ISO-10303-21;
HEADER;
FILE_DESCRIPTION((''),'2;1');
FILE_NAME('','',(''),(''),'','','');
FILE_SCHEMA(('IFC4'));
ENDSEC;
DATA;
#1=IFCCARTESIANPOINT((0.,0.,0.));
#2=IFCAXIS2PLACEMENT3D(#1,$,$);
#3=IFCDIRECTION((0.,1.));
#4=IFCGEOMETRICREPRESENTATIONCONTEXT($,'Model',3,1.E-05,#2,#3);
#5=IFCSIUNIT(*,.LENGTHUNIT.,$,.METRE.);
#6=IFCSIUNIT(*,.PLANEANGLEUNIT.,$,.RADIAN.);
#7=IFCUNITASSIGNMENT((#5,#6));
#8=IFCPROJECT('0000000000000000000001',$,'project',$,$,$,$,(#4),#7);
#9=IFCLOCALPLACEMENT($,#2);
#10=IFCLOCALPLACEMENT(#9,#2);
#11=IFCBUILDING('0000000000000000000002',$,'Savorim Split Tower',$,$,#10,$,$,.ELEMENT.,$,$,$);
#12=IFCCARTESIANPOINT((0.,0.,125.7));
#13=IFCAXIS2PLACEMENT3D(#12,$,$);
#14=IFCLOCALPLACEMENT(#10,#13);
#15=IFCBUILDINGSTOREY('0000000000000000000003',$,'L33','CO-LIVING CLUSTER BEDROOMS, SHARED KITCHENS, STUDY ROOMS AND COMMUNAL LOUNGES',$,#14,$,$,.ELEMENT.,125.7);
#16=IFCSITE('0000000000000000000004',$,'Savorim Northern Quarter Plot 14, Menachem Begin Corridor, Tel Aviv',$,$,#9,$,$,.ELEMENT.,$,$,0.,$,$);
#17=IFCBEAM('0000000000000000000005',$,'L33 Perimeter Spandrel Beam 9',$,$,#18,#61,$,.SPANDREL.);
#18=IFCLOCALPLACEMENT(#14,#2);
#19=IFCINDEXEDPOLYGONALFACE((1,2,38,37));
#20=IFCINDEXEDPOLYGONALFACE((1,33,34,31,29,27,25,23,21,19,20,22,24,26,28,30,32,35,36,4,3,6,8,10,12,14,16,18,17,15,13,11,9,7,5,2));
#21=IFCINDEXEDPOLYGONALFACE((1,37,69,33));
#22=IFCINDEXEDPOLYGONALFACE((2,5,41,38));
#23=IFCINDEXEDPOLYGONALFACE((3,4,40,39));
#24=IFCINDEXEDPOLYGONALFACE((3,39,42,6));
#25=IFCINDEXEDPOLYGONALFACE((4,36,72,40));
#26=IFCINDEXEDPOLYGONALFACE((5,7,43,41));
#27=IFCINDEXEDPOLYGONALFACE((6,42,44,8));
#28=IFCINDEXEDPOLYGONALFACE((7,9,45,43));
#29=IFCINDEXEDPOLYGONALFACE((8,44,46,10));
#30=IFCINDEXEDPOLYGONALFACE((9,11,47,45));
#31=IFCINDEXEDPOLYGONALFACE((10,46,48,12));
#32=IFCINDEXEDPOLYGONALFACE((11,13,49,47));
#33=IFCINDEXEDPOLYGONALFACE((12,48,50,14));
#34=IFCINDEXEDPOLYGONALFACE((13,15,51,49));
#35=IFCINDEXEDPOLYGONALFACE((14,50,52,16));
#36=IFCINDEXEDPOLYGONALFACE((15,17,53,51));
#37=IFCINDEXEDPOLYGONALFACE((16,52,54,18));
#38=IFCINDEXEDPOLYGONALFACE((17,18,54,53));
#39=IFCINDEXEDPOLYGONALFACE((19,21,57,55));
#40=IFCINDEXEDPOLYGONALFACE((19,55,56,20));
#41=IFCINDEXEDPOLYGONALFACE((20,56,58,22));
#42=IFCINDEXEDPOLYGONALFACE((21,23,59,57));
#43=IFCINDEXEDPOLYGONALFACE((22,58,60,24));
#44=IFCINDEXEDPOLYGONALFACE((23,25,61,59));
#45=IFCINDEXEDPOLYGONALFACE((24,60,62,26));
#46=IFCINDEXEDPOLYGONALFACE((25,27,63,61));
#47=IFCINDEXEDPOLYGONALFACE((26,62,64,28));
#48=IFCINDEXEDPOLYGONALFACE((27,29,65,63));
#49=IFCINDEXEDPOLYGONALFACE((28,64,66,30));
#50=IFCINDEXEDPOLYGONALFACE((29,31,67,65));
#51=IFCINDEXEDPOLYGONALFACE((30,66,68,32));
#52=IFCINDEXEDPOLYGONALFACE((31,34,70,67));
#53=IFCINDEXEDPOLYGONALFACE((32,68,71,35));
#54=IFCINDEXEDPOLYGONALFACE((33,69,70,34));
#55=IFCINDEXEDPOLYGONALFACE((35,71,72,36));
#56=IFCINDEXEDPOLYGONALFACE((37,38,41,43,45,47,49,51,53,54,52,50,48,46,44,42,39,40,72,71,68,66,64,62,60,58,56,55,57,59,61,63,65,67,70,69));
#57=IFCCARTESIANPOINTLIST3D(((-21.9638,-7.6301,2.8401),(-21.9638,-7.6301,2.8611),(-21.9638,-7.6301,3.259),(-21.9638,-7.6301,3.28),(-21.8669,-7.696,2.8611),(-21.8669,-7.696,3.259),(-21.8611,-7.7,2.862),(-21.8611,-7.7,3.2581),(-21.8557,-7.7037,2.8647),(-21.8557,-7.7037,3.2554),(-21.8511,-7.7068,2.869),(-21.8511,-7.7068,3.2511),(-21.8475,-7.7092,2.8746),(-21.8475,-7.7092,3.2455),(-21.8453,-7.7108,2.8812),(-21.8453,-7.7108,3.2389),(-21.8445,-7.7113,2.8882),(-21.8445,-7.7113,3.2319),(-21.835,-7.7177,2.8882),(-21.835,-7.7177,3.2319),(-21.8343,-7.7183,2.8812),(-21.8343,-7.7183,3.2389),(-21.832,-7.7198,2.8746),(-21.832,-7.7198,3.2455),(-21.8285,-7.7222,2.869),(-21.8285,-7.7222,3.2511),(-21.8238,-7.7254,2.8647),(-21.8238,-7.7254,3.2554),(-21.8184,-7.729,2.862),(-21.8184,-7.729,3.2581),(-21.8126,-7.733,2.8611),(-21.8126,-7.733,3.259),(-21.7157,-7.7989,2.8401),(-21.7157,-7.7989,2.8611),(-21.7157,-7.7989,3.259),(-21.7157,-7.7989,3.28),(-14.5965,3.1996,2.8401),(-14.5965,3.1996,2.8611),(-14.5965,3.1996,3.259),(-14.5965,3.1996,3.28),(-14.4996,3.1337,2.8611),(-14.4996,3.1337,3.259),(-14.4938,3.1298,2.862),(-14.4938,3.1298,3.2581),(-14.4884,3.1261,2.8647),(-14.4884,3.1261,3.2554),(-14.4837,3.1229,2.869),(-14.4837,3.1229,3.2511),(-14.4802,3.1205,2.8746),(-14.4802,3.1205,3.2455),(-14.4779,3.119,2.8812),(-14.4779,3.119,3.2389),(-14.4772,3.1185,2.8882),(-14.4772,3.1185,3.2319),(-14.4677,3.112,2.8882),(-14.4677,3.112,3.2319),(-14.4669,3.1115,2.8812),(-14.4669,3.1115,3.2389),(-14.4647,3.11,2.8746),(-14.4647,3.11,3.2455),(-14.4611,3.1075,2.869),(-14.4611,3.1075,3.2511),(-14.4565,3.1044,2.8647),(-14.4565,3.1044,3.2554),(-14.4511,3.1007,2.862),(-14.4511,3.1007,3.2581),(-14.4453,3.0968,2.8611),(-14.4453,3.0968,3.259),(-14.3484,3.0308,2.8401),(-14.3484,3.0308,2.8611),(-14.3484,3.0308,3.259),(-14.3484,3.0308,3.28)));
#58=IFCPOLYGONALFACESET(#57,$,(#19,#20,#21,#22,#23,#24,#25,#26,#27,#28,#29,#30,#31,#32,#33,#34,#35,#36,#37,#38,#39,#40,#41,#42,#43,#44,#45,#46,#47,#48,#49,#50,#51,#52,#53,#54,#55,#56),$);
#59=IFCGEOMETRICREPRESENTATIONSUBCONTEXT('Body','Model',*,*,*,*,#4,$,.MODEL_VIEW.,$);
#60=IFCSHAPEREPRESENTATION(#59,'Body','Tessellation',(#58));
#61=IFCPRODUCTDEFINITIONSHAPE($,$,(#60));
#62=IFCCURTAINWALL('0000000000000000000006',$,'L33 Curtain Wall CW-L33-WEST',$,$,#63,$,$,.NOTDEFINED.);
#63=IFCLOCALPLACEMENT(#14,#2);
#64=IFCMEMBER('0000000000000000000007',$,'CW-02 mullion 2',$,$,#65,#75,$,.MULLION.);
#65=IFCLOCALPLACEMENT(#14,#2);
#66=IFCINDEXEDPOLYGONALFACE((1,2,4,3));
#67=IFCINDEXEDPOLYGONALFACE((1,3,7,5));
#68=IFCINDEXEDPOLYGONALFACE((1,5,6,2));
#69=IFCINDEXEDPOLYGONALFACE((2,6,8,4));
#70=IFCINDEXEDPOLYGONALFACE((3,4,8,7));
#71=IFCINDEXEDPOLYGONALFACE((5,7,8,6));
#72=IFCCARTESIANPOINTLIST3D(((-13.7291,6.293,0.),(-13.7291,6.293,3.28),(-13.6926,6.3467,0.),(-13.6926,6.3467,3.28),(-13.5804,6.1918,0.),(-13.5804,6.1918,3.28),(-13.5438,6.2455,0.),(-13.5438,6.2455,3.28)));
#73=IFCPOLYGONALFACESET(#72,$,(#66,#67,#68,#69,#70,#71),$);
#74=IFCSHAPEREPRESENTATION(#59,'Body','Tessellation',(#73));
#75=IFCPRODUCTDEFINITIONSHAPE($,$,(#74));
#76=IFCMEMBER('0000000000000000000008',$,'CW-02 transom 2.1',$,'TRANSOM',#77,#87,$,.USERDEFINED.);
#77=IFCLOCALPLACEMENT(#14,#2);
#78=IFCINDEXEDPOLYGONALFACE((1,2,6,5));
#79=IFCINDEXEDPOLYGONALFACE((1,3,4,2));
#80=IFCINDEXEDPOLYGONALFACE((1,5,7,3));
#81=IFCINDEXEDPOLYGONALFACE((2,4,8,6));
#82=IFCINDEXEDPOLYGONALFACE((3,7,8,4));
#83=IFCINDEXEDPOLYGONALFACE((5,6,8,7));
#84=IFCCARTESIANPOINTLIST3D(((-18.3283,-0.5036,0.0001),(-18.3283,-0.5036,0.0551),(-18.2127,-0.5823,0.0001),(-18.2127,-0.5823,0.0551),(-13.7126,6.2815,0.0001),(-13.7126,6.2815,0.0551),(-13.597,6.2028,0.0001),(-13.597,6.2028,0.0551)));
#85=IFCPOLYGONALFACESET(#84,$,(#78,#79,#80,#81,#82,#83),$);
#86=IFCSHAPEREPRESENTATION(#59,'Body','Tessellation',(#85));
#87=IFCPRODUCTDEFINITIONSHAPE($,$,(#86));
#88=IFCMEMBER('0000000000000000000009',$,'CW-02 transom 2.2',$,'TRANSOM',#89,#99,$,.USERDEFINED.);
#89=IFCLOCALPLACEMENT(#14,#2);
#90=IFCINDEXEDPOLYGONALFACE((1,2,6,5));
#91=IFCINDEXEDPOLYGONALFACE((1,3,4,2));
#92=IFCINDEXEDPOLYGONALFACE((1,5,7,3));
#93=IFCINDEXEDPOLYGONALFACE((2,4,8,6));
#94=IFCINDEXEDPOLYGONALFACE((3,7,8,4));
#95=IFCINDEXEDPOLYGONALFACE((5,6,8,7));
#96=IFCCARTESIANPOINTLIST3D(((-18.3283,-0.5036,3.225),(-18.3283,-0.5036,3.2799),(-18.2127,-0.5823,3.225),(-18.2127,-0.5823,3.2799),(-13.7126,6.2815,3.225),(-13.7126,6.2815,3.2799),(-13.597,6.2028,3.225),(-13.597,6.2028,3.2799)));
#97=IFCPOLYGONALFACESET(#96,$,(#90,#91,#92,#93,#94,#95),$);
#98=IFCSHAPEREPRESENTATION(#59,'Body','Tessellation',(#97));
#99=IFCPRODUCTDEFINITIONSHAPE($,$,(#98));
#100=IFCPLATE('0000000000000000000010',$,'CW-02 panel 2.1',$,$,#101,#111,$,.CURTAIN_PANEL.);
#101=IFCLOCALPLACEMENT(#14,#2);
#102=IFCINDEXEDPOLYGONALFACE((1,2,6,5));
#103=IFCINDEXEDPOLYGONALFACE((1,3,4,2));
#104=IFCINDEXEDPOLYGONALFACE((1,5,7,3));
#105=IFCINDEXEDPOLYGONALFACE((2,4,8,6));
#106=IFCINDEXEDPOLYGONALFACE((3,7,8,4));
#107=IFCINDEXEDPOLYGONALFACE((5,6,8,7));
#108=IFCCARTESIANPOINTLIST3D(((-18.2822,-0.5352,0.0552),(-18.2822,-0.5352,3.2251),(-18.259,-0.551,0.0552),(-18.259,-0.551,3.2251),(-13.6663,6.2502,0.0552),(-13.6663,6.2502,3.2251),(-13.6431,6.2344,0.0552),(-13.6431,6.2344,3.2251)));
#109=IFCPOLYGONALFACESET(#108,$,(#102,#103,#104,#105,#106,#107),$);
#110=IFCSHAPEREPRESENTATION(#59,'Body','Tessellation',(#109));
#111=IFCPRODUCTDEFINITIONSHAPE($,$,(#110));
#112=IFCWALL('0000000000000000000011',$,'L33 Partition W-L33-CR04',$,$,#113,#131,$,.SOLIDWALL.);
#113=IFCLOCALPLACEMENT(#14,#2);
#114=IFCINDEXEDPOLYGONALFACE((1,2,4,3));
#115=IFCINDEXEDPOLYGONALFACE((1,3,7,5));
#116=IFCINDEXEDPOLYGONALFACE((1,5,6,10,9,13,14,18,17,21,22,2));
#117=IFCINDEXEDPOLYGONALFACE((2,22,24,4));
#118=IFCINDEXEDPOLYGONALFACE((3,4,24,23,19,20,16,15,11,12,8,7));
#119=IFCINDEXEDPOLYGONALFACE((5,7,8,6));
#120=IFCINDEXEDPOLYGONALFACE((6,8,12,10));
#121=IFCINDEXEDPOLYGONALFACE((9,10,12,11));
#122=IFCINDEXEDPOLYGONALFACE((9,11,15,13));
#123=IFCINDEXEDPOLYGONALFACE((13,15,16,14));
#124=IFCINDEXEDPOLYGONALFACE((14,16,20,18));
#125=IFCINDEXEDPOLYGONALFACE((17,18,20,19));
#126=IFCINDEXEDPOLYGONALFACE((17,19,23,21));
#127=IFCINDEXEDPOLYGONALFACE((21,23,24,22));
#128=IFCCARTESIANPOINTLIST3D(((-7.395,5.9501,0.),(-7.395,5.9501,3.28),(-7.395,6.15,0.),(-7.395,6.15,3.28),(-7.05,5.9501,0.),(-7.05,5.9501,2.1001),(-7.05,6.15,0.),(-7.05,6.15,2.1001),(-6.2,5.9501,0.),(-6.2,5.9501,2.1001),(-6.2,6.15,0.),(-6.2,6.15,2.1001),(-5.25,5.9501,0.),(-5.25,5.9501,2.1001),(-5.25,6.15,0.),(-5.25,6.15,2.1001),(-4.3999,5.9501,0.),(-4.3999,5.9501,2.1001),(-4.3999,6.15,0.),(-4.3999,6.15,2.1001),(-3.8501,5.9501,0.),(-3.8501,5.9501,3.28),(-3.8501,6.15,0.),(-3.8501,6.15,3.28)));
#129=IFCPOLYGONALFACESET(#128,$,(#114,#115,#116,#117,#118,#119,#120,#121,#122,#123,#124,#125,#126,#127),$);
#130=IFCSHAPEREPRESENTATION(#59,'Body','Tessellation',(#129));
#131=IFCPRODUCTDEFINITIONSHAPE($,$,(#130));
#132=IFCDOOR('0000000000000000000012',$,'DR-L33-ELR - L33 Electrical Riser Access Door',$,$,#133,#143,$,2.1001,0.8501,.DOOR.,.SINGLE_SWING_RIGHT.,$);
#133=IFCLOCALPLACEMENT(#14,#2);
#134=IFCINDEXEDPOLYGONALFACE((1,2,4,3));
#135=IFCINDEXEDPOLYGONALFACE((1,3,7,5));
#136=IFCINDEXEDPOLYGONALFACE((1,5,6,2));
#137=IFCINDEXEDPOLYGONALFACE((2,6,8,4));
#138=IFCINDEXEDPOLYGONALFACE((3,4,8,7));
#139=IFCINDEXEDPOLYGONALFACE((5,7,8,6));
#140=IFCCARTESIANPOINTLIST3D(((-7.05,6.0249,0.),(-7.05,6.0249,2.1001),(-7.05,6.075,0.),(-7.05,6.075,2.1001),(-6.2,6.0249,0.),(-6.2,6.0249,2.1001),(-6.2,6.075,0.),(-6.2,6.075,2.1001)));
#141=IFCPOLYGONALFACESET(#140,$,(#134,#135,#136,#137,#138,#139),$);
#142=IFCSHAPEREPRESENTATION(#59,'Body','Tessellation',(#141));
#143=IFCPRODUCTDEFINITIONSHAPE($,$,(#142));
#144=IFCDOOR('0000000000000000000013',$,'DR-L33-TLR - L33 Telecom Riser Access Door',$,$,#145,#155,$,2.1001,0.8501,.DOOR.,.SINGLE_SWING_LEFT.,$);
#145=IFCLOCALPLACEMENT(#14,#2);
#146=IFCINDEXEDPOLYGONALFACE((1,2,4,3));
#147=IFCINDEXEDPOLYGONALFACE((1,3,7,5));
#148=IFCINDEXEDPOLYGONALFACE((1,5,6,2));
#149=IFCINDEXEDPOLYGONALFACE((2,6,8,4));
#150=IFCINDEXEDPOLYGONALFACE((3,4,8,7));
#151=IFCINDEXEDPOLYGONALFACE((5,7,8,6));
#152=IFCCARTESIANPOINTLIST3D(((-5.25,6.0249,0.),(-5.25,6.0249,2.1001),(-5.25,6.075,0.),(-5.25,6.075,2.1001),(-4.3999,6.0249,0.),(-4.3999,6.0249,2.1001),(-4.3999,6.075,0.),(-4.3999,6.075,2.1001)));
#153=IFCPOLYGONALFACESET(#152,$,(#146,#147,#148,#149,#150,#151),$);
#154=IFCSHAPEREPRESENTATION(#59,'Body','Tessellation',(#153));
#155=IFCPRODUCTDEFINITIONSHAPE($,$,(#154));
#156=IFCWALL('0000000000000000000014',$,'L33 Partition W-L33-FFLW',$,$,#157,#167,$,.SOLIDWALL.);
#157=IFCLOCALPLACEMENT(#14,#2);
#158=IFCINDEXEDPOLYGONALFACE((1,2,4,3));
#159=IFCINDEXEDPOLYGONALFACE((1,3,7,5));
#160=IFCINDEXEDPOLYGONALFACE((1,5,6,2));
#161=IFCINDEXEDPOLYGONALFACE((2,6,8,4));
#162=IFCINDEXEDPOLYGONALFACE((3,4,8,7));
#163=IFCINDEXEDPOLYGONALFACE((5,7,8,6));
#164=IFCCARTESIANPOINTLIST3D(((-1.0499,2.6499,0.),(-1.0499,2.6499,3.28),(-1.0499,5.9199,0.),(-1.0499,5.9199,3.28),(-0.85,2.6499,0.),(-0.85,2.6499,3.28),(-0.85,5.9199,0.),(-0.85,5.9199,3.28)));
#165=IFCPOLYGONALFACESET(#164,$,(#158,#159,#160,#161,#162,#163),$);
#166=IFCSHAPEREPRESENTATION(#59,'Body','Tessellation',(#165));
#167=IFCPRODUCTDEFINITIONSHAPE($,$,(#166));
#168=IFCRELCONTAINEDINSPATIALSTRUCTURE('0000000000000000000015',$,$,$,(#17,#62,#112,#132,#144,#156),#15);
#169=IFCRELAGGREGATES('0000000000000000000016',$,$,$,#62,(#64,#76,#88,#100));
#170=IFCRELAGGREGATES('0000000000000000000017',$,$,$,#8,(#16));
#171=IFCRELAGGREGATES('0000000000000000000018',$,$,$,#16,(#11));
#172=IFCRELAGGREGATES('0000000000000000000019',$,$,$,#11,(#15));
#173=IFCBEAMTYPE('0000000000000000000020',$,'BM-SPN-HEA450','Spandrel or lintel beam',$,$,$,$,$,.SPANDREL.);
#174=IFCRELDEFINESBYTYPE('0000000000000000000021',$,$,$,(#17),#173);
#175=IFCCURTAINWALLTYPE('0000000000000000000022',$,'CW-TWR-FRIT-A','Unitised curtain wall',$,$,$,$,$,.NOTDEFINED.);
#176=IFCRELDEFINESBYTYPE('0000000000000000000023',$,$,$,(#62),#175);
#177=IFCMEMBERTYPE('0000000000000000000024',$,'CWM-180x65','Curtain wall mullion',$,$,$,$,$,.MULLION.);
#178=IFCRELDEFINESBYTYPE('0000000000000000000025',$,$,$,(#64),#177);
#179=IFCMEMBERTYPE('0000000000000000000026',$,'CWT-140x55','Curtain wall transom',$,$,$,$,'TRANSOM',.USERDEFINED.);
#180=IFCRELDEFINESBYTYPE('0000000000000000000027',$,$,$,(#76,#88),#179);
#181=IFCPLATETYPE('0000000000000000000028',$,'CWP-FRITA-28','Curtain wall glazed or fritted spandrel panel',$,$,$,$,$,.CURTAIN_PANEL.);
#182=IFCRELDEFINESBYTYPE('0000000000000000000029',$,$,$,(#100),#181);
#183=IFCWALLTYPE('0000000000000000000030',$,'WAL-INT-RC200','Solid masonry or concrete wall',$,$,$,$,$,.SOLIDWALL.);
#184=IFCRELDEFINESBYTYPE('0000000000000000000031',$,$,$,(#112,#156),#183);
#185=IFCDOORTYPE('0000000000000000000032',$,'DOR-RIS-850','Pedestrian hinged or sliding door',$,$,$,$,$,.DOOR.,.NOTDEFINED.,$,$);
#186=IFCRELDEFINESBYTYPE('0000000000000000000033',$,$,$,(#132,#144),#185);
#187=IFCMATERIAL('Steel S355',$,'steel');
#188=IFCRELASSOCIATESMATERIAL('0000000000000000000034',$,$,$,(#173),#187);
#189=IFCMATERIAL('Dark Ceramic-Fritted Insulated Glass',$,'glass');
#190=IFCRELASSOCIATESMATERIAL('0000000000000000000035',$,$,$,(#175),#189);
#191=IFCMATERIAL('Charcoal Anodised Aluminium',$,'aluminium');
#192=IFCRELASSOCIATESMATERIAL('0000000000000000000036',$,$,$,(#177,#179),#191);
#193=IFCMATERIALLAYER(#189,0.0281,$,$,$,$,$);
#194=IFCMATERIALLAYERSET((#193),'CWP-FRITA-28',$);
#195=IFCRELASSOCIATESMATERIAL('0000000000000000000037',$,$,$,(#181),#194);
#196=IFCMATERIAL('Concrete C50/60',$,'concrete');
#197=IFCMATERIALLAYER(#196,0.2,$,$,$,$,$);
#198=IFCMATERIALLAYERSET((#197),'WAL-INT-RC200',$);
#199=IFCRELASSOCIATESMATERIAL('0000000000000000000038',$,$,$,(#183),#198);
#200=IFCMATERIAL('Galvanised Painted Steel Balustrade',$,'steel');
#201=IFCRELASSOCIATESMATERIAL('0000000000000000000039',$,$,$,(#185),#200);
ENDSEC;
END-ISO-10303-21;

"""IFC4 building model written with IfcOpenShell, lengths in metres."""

from ifc_helpers import new_model, si_unit, direction, frame, frame_2d, origin, origin_2d, place, context, subcontext, project, spatial, rectangle, i_section, extrude, material, layer, layer_set, material_profile, profile_set, type_object, element, fill, aggregate, save


model = new_model("IFC4")

# Units and contexts
model_context = context("Model", 3, precision=1e-05, world=origin(), true_north=direction((0.0, 1.0)))
body_context = subcontext(model_context, "Body", "Model", "MODEL_VIEW")
ifc_project = project(units=[si_unit("LENGTHUNIT", "METRE"), si_unit("PLANEANGLEUNIT", "RADIAN")], contexts=[model_context])

# Site, building, storey
site_placement = place(None, origin())
site = spatial("IfcSite", under=ifc_project, at=site_placement, Name="Savorim Northern Quarter Plot 14, Menachem Begin Corridor, Tel Aviv", CompositionType="ELEMENT", RefElevation=0.0)
building_placement = place(site_placement, origin())
building = spatial("IfcBuilding", under=site, at=building_placement, Name="Savorim Split Tower", CompositionType="ELEMENT")
storey_placement = place(building_placement, frame((0.0, 0.0, 125.7)))
storey = spatial("IfcBuildingStorey", under=building, at=storey_placement, Name="L33", Description="CO-LIVING CLUSTER BEDROOMS, SHARED KITCHENS, STUDY ROOMS AND COMMUNAL LOUNGES", CompositionType="ELEMENT", Elevation=125.7)

# Beam
ifc_material_1 = material(Name="Steel S355", Category="steel")
ifc_material_profile_1 = material_profile(ifc_material_1, i_section(OverallWidth=0.3, OverallDepth=0.4399, WebThickness=0.0115, FlangeThickness=0.021, FilletRadius=0.0271, at=origin_2d()), Name="HEA 450")
ifc_profile_set_1 = profile_set([ifc_material_profile_1], Name="Steel S355")
beam_type_1 = type_object("IfcBeamType", Name="BM-SPN-HEA450", Description="Spandrel or lintel beam", PredefinedType="SPANDREL", material=ifc_profile_set_1)
beam_1_placement = place(storey_placement, frame((-14.4724, 3.1152, 3.0601), z_axis=(-0.562474, -0.826815, 0.0), x_axis=(0.826815, -0.562474, 0.0)))
element("IfcBeam", 1, at=beam_1_placement, inside=storey, type_object=beam_type_1, Name="L33 Perimeter Spandrel Beam 9", PredefinedType="SPANDREL", context=body_context, shape_type="SweptSolid", body=[
    extrude(i_section(OverallWidth=0.3, OverallDepth=0.4399, WebThickness=0.0115, FlangeThickness=0.021, FilletRadius=0.0271, at=origin_2d()), origin(), (0.0, 0.0, 1.0), 13.0981),
])

# Curtain wall, members, plate
ifc_material_2 = material(Name="Dark Ceramic-Fritted Insulated Glass", Category="glass")
curtain_wall_type = type_object("IfcCurtainWallType", Name="CW-TWR-FRIT-A", Description="Unitised curtain wall", PredefinedType="NOTDEFINED", material=ifc_material_2)
curtain_wall_placement = place(storey_placement, origin())
curtain_wall = element("IfcCurtainWall", 2, at=curtain_wall_placement, inside=storey, type_object=curtain_wall_type, Name="L33 Curtain Wall CW-L33-WEST", PredefinedType="NOTDEFINED")
ifc_material_3 = material(Name="Charcoal Anodised Aluminium", Category="aluminium")
ifc_material_profile_2 = material_profile(ifc_material_3, rectangle(XDim=0.1799, YDim=0.0649, at=origin_2d()), Name="ALU-M 180x65")
ifc_profile_set_2 = profile_set([ifc_material_profile_2], Name="Charcoal Anodised Aluminium")
member_type_1 = type_object("IfcMemberType", Name="CWM-180x65", Description="Curtain wall mullion", PredefinedType="MULLION", material=ifc_profile_set_2)
member_1_placement = place(storey_placement, frame((-13.6365, 6.2693, 0.0), z_axis=(0.0, 0.0, 1.0), x_axis=(0.82682, -0.562467, 0.0)))
member_1 = element("IfcMember", 3, at=member_1_placement, type_object=member_type_1, Name="CW-02 mullion 2", PredefinedType="MULLION", context=body_context, shape_type="SweptSolid", body=[
    extrude(rectangle(XDim=0.1799, YDim=0.0649, at=origin_2d()), origin(), (0.0, 0.0, 1.0), 3.28),
])
ifc_material_profile_3 = material_profile(ifc_material_3, rectangle(XDim=0.1399, YDim=0.0549, at=origin_2d()), Name="ALU-T 140x55")
ifc_profile_set_3 = profile_set([ifc_material_profile_3], Name="Charcoal Anodised Aluminium")
member_type_2 = type_object("IfcMemberType", Name="CWT-140x55", Description="Curtain wall transom", ElementType="TRANSOM", PredefinedType="USERDEFINED", material=ifc_profile_set_3)
member_2_placement = place(storey_placement, frame((-13.6548, 6.2422, 0.0276), z_axis=(-0.562461, -0.826824, 0.0), x_axis=(0.826824, -0.562461, 0.0)))
member_2 = element("IfcMember", 4, at=member_2_placement, type_object=member_type_2, Name="CW-02 transom 2.1", ObjectType="TRANSOM", PredefinedType="USERDEFINED", context=body_context, shape_type="SweptSolid", body=[
    extrude(rectangle(XDim=0.1399, YDim=0.0549, at=origin_2d()), origin(), (0.0, 0.0, 1.0), 8.2063),
])
member_3_placement = place(storey_placement, frame((-13.6548, 6.2422, 3.2524), z_axis=(-0.562461, -0.826824, 0.0), x_axis=(0.826824, -0.562461, 0.0)))
member_3 = element("IfcMember", 5, at=member_3_placement, type_object=member_type_2, Name="CW-02 transom 2.2", ObjectType="TRANSOM", PredefinedType="USERDEFINED", context=body_context, shape_type="SweptSolid", body=[
    extrude(rectangle(XDim=0.1399, YDim=0.0549, at=origin_2d()), origin(), (0.0, 0.0, 1.0), 8.2063),
])
ifc_layer_1 = layer(ifc_material_2, 0.0281)
ifc_layer_set_1 = layer_set([ifc_layer_1], Name="CWP-FRITA-28")
plate_type = type_object("IfcPlateType", Name="CWP-FRITA-28", Description="Curtain wall glazed or fritted spandrel panel", PredefinedType="CURTAIN_PANEL", material=ifc_layer_set_1)
plate_placement = place(storey_placement, frame((-15.9626, 2.8496, 0.0552), z_axis=(0.0, 0.0, 1.0), x_axis=(-0.562467, -0.82682, 0.0)))
plate = element("IfcPlate", 6, at=plate_placement, type_object=plate_type, Name="CW-02 panel 2.1", PredefinedType="CURTAIN_PANEL", context=body_context, shape_type="SweptSolid", body=[
    extrude(rectangle(XDim=8.2065, YDim=0.0281, at=origin_2d()), origin(), (0.0, 0.0, 1.0), 3.1699),
])
aggregate(curtain_wall, [member_1, member_2, member_3, plate])

# Wall, openings, doors
ifc_material_4 = material(Name="Concrete C50/60", Category="concrete")
ifc_layer_2 = layer(ifc_material_4, 0.2)
ifc_layer_set_2 = layer_set([ifc_layer_2], Name="WAL-INT-RC200")
wall_type_1 = type_object("IfcWallType", Name="WAL-INT-RC200", Description="Solid masonry or concrete wall", PredefinedType="SOLIDWALL", material=ifc_layer_set_2)
wall_1_placement = place(storey_placement, frame((-7.395, 6.05, 0.0), z_axis=(0.0, 0.0, 1.0), x_axis=(1.0, 0.0, 0.0)))
wall_1 = element("IfcWall", 7, at=wall_1_placement, inside=storey, type_object=wall_type_1, Name="L33 Partition W-L33-CR04", PredefinedType="SOLIDWALL", context=body_context, shape_type="SweptSolid", body=[
    extrude(rectangle(XDim=3.5449, YDim=0.2, at=frame_2d((1.7725, 0.0))), origin(), (0.0, 0.0, 1.0), 3.28),
])
opening_1_placement = place(wall_1_placement, frame((0.345, 0.0, 0.0)))
opening_1 = element("IfcOpeningElement", 8, at=opening_1_placement, cuts=wall_1, PredefinedType="OPENING", context=body_context, shape_type="SweptSolid", body=[
    extrude(rectangle(XDim=0.8501, YDim=2.1001, at=frame_2d((0.425, 1.05))), frame((0.0, 0.1099, 0.0), z_axis=(0.0, -1.0, 0.0), x_axis=(1.0, 0.0, 0.0)), (0.0, 0.0, 1.0), 0.22),
])
opening_2_placement = place(wall_1_placement, frame((2.145, 0.0, 0.0)))
opening_2 = element("IfcOpeningElement", 9, at=opening_2_placement, cuts=wall_1, PredefinedType="OPENING", context=body_context, shape_type="SweptSolid", body=[
    extrude(rectangle(XDim=0.8501, YDim=2.1001, at=frame_2d((0.425, 1.05))), frame((0.0, 0.1099, 0.0), z_axis=(0.0, -1.0, 0.0), x_axis=(1.0, 0.0, 0.0)), (0.0, 0.0, 1.0), 0.22),
])
ifc_material_5 = material(Name="Galvanised Painted Steel Balustrade", Category="steel")
door_type_1 = type_object("IfcDoorType", Name="DOR-RIS-850", Description="Pedestrian hinged or sliding door", OperationType="NOTDEFINED", PredefinedType="DOOR", material=ifc_material_5)
door_1_placement = place(opening_1_placement, origin())
door_1 = element("IfcDoor", 10, at=door_1_placement, inside=storey, type_object=door_type_1, Name="DR-L33-ELR - L33 Electrical Riser Access Door", OperationType="SINGLE_SWING_RIGHT", OverallHeight=2.1001, OverallWidth=0.8501, PredefinedType="DOOR", context=body_context, shape_type="SweptSolid", body=[
    extrude(rectangle(XDim=0.8501, YDim=2.1001, at=frame_2d((0.425, 1.05))), frame((0.0, 0.0249, 0.0), z_axis=(0.0, -1.0, 0.0), x_axis=(1.0, 0.0, 0.0)), (0.0, 0.0, 1.0), 0.05),
])
fill(opening_1, door_1)
door_2_placement = place(opening_2_placement, origin())
door_2 = element("IfcDoor", 11, at=door_2_placement, inside=storey, type_object=door_type_1, Name="DR-L33-TLR - L33 Telecom Riser Access Door", OperationType="SINGLE_SWING_LEFT", OverallHeight=2.1001, OverallWidth=0.8501, PredefinedType="DOOR", context=body_context, shape_type="SweptSolid", body=[
    extrude(rectangle(XDim=0.8501, YDim=2.1001, at=frame_2d((0.425, 1.05))), frame((0.0, 0.0249, 0.0), z_axis=(0.0, -1.0, 0.0), x_axis=(1.0, 0.0, 0.0)), (0.0, 0.0, 1.0), 0.05),
])
fill(opening_2, door_2)

# Wall
wall_2_placement = place(storey_placement, frame((-0.95, 2.6499, 0.0), z_axis=(0.0, 0.0, 1.0), x_axis=(0.0, 1.0, 0.0)))
element("IfcWall", 12, at=wall_2_placement, inside=storey, type_object=wall_type_1, Name="L33 Partition W-L33-FFLW", PredefinedType="SOLIDWALL", context=body_context, shape_type="SweptSolid", body=[
    extrude(rectangle(XDim=3.27, YDim=0.2, at=frame_2d((1.635, 0.0))), origin(), (0.0, 0.0, 1.0), 3.28),
])

save(model, "model.ifc")
